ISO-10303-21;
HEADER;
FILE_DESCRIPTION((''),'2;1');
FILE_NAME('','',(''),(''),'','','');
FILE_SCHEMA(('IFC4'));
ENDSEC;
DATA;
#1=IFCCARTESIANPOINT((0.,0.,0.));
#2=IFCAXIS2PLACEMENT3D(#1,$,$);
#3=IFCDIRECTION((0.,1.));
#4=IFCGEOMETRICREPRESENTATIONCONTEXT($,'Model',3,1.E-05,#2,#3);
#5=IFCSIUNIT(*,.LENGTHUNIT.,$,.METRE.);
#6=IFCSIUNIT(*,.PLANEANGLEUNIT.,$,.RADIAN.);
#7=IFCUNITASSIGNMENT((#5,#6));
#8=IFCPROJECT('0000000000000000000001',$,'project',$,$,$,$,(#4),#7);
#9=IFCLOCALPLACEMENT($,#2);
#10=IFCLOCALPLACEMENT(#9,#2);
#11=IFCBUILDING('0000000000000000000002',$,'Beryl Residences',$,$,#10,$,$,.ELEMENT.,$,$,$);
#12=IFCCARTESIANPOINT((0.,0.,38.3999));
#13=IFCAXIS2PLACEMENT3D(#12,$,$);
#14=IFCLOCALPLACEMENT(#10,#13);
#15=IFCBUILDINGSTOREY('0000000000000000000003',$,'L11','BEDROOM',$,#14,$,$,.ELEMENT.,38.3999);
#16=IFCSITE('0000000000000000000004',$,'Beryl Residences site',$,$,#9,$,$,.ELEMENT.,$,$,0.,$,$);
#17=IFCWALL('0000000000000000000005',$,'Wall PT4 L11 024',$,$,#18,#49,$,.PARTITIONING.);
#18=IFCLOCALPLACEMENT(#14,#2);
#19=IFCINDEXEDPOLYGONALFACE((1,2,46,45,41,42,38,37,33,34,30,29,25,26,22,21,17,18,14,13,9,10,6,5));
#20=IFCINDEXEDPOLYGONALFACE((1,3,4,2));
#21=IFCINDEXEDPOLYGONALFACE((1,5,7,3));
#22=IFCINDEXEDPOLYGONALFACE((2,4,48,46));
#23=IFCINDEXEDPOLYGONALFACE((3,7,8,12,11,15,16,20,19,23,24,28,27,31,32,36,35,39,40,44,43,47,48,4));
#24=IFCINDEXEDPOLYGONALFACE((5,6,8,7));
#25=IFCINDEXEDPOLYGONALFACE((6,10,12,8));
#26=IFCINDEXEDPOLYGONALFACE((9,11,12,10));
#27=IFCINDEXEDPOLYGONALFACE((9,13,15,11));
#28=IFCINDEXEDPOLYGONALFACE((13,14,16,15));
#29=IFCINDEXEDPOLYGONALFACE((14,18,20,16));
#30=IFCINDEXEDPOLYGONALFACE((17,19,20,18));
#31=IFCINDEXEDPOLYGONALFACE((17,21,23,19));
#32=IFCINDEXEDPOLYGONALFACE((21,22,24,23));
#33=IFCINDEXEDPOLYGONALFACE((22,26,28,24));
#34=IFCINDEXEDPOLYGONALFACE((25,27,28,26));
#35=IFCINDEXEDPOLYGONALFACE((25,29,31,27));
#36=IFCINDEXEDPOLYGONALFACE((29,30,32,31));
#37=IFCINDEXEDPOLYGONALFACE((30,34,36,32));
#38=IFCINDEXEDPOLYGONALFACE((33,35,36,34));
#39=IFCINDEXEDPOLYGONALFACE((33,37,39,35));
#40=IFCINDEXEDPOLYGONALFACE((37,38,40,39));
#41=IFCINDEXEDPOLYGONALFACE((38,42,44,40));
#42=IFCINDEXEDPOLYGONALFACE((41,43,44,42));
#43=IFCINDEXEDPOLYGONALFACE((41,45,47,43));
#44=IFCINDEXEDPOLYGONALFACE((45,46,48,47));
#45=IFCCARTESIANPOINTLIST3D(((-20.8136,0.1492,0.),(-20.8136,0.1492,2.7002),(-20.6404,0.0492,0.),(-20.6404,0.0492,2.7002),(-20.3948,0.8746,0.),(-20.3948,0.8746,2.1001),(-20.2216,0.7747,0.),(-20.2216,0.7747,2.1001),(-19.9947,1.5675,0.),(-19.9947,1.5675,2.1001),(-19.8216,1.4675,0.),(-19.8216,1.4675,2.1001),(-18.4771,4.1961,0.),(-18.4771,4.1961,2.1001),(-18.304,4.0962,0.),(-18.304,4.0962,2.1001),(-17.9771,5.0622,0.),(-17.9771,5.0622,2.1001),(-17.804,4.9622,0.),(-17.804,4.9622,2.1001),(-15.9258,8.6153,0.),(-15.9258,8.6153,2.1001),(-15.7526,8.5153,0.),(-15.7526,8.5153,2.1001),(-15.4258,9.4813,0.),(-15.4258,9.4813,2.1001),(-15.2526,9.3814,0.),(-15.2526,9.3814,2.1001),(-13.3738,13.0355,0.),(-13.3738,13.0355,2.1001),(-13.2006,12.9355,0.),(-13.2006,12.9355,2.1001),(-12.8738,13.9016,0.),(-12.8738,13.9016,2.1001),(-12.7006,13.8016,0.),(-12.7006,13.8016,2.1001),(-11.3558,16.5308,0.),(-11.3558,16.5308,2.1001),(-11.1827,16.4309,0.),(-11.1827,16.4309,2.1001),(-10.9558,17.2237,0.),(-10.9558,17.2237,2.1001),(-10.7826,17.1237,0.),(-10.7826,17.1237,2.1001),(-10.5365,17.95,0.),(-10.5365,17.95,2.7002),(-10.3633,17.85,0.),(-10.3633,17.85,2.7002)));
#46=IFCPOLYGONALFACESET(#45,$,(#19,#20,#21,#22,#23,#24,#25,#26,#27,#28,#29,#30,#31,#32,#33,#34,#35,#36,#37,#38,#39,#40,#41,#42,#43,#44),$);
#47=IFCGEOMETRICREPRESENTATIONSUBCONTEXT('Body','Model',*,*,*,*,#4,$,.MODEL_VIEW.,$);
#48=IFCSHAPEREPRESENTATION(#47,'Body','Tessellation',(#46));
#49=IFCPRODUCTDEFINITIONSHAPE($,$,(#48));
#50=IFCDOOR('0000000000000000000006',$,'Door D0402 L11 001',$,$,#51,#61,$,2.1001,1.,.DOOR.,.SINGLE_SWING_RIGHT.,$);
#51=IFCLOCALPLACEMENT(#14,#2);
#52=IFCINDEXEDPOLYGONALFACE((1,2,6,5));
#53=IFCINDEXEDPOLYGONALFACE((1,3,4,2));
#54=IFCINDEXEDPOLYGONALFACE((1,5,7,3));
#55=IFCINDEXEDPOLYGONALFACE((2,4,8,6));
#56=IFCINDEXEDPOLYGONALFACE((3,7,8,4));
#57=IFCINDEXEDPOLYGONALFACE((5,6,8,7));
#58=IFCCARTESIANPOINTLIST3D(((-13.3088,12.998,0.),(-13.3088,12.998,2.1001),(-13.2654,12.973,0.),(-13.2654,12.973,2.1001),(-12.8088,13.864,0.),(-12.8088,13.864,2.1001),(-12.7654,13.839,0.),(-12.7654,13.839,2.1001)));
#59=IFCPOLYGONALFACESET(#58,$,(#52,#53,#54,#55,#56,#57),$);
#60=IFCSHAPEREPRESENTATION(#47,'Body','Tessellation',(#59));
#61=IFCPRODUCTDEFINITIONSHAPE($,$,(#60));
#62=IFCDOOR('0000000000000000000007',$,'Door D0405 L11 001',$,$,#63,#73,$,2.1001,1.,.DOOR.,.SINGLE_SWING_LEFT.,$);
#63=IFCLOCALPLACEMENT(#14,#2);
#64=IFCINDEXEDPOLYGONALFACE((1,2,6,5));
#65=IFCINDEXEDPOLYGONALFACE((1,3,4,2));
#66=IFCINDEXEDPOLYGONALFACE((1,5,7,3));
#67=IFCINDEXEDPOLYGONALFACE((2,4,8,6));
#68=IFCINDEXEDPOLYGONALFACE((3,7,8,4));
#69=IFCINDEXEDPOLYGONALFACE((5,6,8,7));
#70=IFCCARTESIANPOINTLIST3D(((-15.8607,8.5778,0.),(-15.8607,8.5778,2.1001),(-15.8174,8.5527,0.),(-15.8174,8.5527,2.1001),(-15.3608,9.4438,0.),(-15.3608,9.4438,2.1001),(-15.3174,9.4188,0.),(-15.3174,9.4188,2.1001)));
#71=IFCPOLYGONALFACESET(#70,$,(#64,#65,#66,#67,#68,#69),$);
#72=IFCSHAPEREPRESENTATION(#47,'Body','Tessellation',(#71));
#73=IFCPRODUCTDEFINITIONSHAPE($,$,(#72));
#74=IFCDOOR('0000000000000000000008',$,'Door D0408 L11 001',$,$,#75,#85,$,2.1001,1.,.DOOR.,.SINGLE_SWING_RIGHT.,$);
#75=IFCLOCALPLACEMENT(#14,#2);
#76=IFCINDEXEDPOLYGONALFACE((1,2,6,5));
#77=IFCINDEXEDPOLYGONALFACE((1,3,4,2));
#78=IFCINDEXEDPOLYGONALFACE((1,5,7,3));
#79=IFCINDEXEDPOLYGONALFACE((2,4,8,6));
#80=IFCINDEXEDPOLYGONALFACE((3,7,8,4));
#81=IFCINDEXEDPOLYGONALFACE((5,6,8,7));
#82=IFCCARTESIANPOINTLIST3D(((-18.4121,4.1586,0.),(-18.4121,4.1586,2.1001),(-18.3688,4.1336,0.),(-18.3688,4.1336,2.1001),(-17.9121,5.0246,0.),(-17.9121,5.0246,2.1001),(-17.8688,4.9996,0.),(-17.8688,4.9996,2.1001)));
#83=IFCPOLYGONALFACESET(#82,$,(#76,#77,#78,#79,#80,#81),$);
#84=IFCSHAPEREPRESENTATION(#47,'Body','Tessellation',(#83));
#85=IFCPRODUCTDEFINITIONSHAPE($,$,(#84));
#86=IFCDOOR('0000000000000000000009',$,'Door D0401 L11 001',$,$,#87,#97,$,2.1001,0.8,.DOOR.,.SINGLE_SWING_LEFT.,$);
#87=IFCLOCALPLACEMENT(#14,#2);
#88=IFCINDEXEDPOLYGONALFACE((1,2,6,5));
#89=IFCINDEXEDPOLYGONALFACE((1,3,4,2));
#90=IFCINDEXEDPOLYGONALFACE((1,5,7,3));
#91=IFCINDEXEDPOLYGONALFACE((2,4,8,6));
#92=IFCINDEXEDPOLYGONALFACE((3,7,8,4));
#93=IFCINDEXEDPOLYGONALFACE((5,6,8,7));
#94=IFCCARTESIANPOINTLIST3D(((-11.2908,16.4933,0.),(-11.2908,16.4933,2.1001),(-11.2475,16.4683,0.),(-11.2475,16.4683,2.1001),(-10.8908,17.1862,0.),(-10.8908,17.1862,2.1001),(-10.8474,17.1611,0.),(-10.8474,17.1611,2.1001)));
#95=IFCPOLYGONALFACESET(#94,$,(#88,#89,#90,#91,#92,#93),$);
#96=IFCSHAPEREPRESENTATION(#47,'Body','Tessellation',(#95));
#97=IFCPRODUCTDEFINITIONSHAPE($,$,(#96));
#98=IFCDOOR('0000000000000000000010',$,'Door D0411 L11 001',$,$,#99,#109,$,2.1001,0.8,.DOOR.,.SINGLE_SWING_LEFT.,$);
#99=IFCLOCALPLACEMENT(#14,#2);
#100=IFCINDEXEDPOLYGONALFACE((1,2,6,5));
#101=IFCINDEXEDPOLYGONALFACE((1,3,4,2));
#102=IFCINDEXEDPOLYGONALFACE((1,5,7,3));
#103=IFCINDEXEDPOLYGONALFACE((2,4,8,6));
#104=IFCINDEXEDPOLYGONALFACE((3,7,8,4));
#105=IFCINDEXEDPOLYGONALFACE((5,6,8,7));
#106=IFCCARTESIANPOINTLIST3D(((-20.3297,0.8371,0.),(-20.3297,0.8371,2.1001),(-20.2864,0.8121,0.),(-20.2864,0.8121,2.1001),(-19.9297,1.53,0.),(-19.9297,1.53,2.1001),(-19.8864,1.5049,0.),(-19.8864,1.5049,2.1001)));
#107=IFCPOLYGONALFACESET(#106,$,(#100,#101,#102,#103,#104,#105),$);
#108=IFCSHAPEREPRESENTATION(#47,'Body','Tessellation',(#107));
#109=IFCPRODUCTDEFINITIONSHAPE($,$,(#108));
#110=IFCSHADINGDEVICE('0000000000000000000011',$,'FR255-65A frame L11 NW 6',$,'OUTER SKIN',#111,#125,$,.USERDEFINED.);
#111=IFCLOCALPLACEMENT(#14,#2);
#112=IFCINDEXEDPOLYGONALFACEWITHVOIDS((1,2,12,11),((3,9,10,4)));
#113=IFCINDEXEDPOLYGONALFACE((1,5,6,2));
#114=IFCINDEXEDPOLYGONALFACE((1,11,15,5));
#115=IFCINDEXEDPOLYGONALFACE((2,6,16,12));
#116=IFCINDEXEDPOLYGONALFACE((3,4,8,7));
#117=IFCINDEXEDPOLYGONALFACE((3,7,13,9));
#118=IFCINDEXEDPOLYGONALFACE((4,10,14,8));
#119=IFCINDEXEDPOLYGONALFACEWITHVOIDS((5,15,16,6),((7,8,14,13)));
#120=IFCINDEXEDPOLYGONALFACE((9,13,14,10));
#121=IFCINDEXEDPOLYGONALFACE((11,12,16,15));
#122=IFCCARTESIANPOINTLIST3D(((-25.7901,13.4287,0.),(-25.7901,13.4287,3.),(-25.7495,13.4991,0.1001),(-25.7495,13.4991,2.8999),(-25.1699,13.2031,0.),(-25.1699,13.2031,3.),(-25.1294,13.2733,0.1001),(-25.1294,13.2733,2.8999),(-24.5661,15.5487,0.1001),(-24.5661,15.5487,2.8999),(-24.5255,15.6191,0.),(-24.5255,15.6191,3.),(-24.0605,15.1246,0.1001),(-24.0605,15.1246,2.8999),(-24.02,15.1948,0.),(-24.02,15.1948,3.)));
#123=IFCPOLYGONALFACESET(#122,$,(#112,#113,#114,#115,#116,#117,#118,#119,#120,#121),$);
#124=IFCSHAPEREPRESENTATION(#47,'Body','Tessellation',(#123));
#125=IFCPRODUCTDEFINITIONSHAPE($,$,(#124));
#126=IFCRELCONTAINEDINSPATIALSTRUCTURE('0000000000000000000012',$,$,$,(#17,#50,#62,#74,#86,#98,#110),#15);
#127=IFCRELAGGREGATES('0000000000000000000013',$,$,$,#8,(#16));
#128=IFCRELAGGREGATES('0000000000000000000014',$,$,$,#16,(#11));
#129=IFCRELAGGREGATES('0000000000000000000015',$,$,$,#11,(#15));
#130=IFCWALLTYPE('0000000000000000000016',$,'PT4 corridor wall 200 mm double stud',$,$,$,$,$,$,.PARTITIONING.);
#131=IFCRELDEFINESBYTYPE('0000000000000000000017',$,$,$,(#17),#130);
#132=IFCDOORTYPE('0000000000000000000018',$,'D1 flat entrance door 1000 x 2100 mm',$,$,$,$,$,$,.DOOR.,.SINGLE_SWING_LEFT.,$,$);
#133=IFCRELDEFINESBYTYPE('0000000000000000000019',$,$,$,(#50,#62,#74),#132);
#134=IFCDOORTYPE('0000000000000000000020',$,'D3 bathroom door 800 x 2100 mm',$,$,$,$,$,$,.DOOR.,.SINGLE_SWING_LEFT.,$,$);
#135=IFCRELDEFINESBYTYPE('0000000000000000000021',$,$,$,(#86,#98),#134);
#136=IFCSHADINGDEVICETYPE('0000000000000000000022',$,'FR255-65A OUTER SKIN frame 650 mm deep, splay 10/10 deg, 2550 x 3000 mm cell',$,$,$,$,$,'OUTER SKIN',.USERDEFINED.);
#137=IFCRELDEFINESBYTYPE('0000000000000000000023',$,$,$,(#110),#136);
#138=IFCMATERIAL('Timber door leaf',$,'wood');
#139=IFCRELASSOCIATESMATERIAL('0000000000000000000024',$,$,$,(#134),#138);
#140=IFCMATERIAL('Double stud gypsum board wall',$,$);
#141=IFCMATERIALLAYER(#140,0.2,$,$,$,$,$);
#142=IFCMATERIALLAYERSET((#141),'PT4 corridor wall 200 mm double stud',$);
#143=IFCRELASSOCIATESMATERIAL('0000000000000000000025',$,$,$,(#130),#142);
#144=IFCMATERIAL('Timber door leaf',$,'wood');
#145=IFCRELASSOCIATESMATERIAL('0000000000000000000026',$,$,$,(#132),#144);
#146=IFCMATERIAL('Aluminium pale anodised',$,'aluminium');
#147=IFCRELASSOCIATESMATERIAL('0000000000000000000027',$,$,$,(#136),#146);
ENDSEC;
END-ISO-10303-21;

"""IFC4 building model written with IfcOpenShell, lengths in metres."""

from ifc_helpers import new_model, entity, si_unit, direction, frame, frame_2d, origin, place, context, subcontext, project, spatial, rectangle, extrude, source, transform, mapped, material, layer, layer_set, type_object, type_shapes, element, fill, save


model = new_model("IFC4")

# Units and contexts
model_context = context("Model", 3, precision=1e-05, world=origin(), true_north=direction((0.0, 1.0)))
body_context = subcontext(model_context, "Body", "Model", "MODEL_VIEW")
ifc_project = project(units=[si_unit("LENGTHUNIT", "METRE"), si_unit("PLANEANGLEUNIT", "RADIAN")], contexts=[model_context])

# Site, building, storey
site_placement = place(None, origin())
site = spatial("IfcSite", under=ifc_project, at=site_placement, Name="Beryl Residences site", CompositionType="ELEMENT", RefElevation=0.0)
building_placement = place(site_placement, origin())
building = spatial("IfcBuilding", under=site, at=building_placement, Name="Beryl Residences", CompositionType="ELEMENT")
storey_placement = place(building_placement, frame((0.0, 0.0, 38.3999)))
storey = spatial("IfcBuildingStorey", under=building, at=storey_placement, Name="L11", Description="BEDROOM", CompositionType="ELEMENT", Elevation=38.3999)

# Shared definitions
ifc_material_1 = material(Name="Timber door leaf", Category="wood")
door_type_1 = type_object("IfcDoorType", Name="D3 bathroom door 800 x 2100 mm", OperationType="SINGLE_SWING_LEFT", PredefinedType="DOOR", material=ifc_material_1)

# Shared definitions
ifc_material_2 = material(Name="Double stud gypsum board wall")
ifc_layer_1 = layer(ifc_material_2, 0.2)
ifc_layer_set_1 = layer_set([ifc_layer_1], Name="PT4 corridor wall 200 mm double stud")
wall_type_1 = type_object("IfcWallType", Name="PT4 corridor wall 200 mm double stud", PredefinedType="PARTITIONING", material=ifc_layer_set_1)

# Shared definitions
ifc_material_3 = material(Name="Timber door leaf", Category="wood")
door_type_2 = type_object("IfcDoorType", Name="D1 flat entrance door 1000 x 2100 mm", OperationType="SINGLE_SWING_LEFT", PredefinedType="DOOR", material=ifc_material_3)

# Wall, openings, doors
wall_1_placement = place(storey_placement, frame((-20.7271, 0.0991, 0.0), z_axis=(0.0, 0.0, 1.0), x_axis=(0.499993, 0.866029, 0.0)))
wall_1 = element("IfcWall", 1, at=wall_1_placement, inside=storey, type_object=wall_type_1, Name="Wall PT4 L11 024", PredefinedType="PARTITIONING", context=body_context, shape_type="SweptSolid", body=[
    extrude(rectangle(XDim=20.5544, YDim=0.2, at=frame_2d((10.2773, 0.0))), origin(), (0.0, 0.0, 1.0), 2.7002),
])
opening_1_placement = place(wall_1_placement, frame((18.916, 0.0, 0.0)))
opening_1 = element("IfcOpeningElement", 2, at=opening_1_placement, cuts=wall_1, PredefinedType="OPENING", context=body_context, shape_type="SweptSolid", body=[
    extrude(rectangle(XDim=0.8, YDim=2.1001, at=frame_2d((0.3999, 1.05))), frame((0.0, 0.1099, 0.0), z_axis=(0.0, -1.0, 0.0), x_axis=(1.0, 0.0, 0.0)), (0.0, 0.0, 1.0), 0.22),
])
opening_2_placement = place(wall_1_placement, frame((14.8799, 0.0, 0.0)))
opening_2 = element("IfcOpeningElement", 3, at=opening_2_placement, cuts=wall_1, PredefinedType="OPENING", context=body_context, shape_type="SweptSolid", body=[
    extrude(rectangle(XDim=1.0, YDim=2.1001, at=frame_2d((0.5, 1.05))), frame((0.0, 0.1099, 0.0), z_axis=(0.0, -1.0, 0.0), x_axis=(1.0, 0.0, 0.0)), (0.0, 0.0, 1.0), 0.22),
])
opening_3_placement = place(wall_1_placement, frame((9.7759, 0.0, 0.0)))
opening_3 = element("IfcOpeningElement", 4, at=opening_3_placement, cuts=wall_1, PredefinedType="OPENING", context=body_context, shape_type="SweptSolid", body=[
    extrude(rectangle(XDim=1.0, YDim=2.1001, at=frame_2d((0.5, 1.05))), frame((0.0, 0.1099, 0.0), z_axis=(0.0, -1.0, 0.0), x_axis=(1.0, 0.0, 0.0)), (0.0, 0.0, 1.0), 0.22),
])
opening_4_placement = place(wall_1_placement, frame((4.6731, 0.0, 0.0)))
opening_4 = element("IfcOpeningElement", 5, at=opening_4_placement, cuts=wall_1, PredefinedType="OPENING", context=body_context, shape_type="SweptSolid", body=[
    extrude(rectangle(XDim=1.0, YDim=2.1001, at=frame_2d((0.5, 1.05))), frame((0.0, 0.1099, 0.0), z_axis=(0.0, -1.0, 0.0), x_axis=(1.0, 0.0, 0.0)), (0.0, 0.0, 1.0), 0.22),
])
opening_5_placement = place(wall_1_placement, frame((0.8379, 0.0, 0.0)))
opening_5 = element("IfcOpeningElement", 6, at=opening_5_placement, cuts=wall_1, PredefinedType="OPENING", context=body_context, shape_type="SweptSolid", body=[
    extrude(rectangle(XDim=0.8, YDim=2.1001, at=frame_2d((0.3999, 1.05))), frame((0.0, 0.1099, 0.0), z_axis=(0.0, -1.0, 0.0), x_axis=(1.0, 0.0, 0.0)), (0.0, 0.0, 1.0), 0.22),
])
door_1_placement = place(opening_2_placement, origin())
door_1 = element("IfcDoor", 7, at=door_1_placement, inside=storey, type_object=door_type_2, Name="Door D0402 L11 001", OperationType="SINGLE_SWING_RIGHT", OverallHeight=2.1001, OverallWidth=1.0, PredefinedType="DOOR", context=body_context, shape_type="SweptSolid", body=[
    extrude(rectangle(XDim=1.0, YDim=2.1001, at=frame_2d((0.5, 1.05))), frame((0.0, 0.0249, 0.0), z_axis=(0.0, -1.0, 0.0), x_axis=(1.0, 0.0, 0.0)), (0.0, 0.0, 1.0), 0.05),
])
fill(opening_2, door_1)
door_2_placement = place(opening_3_placement, origin())
door_2 = element("IfcDoor", 8, at=door_2_placement, inside=storey, type_object=door_type_2, Name="Door D0405 L11 001", OperationType="SINGLE_SWING_LEFT", OverallHeight=2.1001, OverallWidth=1.0, PredefinedType="DOOR", context=body_context, shape_type="SweptSolid", body=[
    extrude(rectangle(XDim=1.0, YDim=2.1001, at=frame_2d((0.5, 1.05))), frame((0.0, 0.0249, 0.0), z_axis=(0.0, -1.0, 0.0), x_axis=(1.0, 0.0, 0.0)), (0.0, 0.0, 1.0), 0.05),
])
fill(opening_3, door_2)
door_3_placement = place(opening_4_placement, origin())
door_3 = element("IfcDoor", 9, at=door_3_placement, inside=storey, type_object=door_type_2, Name="Door D0408 L11 001", OperationType="SINGLE_SWING_RIGHT", OverallHeight=2.1001, OverallWidth=1.0, PredefinedType="DOOR", context=body_context, shape_type="SweptSolid", body=[
    extrude(rectangle(XDim=1.0, YDim=2.1001, at=frame_2d((0.5, 1.05))), frame((0.0, 0.0249, 0.0), z_axis=(0.0, -1.0, 0.0), x_axis=(1.0, 0.0, 0.0)), (0.0, 0.0, 1.0), 0.05),
])
fill(opening_4, door_3)
door_4_placement = place(opening_1_placement, origin())
door_4 = element("IfcDoor", 10, at=door_4_placement, inside=storey, type_object=door_type_1, Name="Door D0401 L11 001", OperationType="SINGLE_SWING_LEFT", OverallHeight=2.1001, OverallWidth=0.8, PredefinedType="DOOR", context=body_context, shape_type="SweptSolid", body=[
    extrude(rectangle(XDim=0.8, YDim=2.1001, at=frame_2d((0.3999, 1.05))), frame((0.0, 0.0249, 0.0), z_axis=(0.0, -1.0, 0.0), x_axis=(1.0, 0.0, 0.0)), (0.0, 0.0, 1.0), 0.05),
])
fill(opening_1, door_4)
door_5_placement = place(opening_5_placement, origin())
door_5 = element("IfcDoor", 11, at=door_5_placement, inside=storey, type_object=door_type_1, Name="Door D0411 L11 001", OperationType="SINGLE_SWING_LEFT", OverallHeight=2.1001, OverallWidth=0.8, PredefinedType="DOOR", context=body_context, shape_type="SweptSolid", body=[
    extrude(rectangle(XDim=0.8, YDim=2.1001, at=frame_2d((0.3999, 1.05))), frame((0.0, 0.0249, 0.0), z_axis=(0.0, -1.0, 0.0), x_axis=(1.0, 0.0, 0.0)), (0.0, 0.0, 1.0), 0.05),
])
fill(opening_5, door_5)

# Shading device
ifc_material_4 = material(Name="Aluminium pale anodised", Category="aluminium")
shading_device_type = type_object("IfcShadingDeviceType", Name="FR255-65A OUTER SKIN frame 650 mm deep, splay 10/10 deg, 2550 x 3000 mm cell", ElementType="OUTER SKIN", PredefinedType="USERDEFINED", material=ifc_material_4)
cartesian_point_1 = entity("IfcCartesianPoint", [-1.1499, 0.0])
cartesian_point_2 = entity("IfcCartesianPoint", [-1.0688, 0.1001])
cartesian_point_3 = entity("IfcCartesianPoint", [-1.2646, 0.0])
cartesian_point_4 = entity("IfcCartesianPoint", [-1.1833, 0.1001])
shared_shape = source(origin(), body_context, "Body", "SweptSolid", [
    entity("IfcExtrudedAreaSolidTapered", entity("IfcArbitraryProfileDefWithVoids", "AREA", None, entity("IfcPolyline", [cartesian_point_1, entity("IfcCartesianPoint", [1.1499, 0.0]), entity("IfcCartesianPoint", [1.1499, 3.0]), entity("IfcCartesianPoint", [-1.1499, 3.0]), cartesian_point_1]), [entity("IfcPolyline", [cartesian_point_2, entity("IfcCartesianPoint", [1.0688, 0.1001]), entity("IfcCartesianPoint", [1.0688, 2.8999]), entity("IfcCartesianPoint", [-1.0688, 2.8999]), cartesian_point_2])]), entity("IfcAxis2Placement3D", entity("IfcCartesianPoint", [0.0, 0.0, 0.0]), entity("IfcDirection", [0.0, 1.0, 0.0]), entity("IfcDirection", [-1.0, 0.0, 0.0])), entity("IfcDirection", [0.0, 0.0, 1.0]), 0.6499, entity("IfcArbitraryProfileDefWithVoids", "AREA", None, entity("IfcPolyline", [cartesian_point_3, entity("IfcCartesianPoint", [1.2646, 0.0]), entity("IfcCartesianPoint", [1.2646, 3.0]), entity("IfcCartesianPoint", [-1.2646, 3.0]), cartesian_point_3]), [entity("IfcPolyline", [cartesian_point_4, entity("IfcCartesianPoint", [1.1833, 0.1001]), entity("IfcCartesianPoint", [1.1833, 2.8999]), entity("IfcCartesianPoint", [-1.1833, 2.8999]), cartesian_point_4])])),
])
type_shapes(shading_device_type, [shared_shape])
shading_device_placement = place(storey_placement, frame((-24.595, 14.199, 0.0), z_axis=(0.0, 0.0, 1.0), x_axis=(0.5, 0.866025, 0.0)))
element("IfcShadingDevice", 12, at=shading_device_placement, inside=storey, type_object=shading_device_type, Name="FR255-65A frame L11 NW 6", ObjectType="OUTER SKIN", PredefinedType="USERDEFINED", context=body_context, shape_type="MappedRepresentation", body=[
    mapped(shared_shape, transform((0.0, 0.0, 0.0))),
])

save(model, "model.ifc")
